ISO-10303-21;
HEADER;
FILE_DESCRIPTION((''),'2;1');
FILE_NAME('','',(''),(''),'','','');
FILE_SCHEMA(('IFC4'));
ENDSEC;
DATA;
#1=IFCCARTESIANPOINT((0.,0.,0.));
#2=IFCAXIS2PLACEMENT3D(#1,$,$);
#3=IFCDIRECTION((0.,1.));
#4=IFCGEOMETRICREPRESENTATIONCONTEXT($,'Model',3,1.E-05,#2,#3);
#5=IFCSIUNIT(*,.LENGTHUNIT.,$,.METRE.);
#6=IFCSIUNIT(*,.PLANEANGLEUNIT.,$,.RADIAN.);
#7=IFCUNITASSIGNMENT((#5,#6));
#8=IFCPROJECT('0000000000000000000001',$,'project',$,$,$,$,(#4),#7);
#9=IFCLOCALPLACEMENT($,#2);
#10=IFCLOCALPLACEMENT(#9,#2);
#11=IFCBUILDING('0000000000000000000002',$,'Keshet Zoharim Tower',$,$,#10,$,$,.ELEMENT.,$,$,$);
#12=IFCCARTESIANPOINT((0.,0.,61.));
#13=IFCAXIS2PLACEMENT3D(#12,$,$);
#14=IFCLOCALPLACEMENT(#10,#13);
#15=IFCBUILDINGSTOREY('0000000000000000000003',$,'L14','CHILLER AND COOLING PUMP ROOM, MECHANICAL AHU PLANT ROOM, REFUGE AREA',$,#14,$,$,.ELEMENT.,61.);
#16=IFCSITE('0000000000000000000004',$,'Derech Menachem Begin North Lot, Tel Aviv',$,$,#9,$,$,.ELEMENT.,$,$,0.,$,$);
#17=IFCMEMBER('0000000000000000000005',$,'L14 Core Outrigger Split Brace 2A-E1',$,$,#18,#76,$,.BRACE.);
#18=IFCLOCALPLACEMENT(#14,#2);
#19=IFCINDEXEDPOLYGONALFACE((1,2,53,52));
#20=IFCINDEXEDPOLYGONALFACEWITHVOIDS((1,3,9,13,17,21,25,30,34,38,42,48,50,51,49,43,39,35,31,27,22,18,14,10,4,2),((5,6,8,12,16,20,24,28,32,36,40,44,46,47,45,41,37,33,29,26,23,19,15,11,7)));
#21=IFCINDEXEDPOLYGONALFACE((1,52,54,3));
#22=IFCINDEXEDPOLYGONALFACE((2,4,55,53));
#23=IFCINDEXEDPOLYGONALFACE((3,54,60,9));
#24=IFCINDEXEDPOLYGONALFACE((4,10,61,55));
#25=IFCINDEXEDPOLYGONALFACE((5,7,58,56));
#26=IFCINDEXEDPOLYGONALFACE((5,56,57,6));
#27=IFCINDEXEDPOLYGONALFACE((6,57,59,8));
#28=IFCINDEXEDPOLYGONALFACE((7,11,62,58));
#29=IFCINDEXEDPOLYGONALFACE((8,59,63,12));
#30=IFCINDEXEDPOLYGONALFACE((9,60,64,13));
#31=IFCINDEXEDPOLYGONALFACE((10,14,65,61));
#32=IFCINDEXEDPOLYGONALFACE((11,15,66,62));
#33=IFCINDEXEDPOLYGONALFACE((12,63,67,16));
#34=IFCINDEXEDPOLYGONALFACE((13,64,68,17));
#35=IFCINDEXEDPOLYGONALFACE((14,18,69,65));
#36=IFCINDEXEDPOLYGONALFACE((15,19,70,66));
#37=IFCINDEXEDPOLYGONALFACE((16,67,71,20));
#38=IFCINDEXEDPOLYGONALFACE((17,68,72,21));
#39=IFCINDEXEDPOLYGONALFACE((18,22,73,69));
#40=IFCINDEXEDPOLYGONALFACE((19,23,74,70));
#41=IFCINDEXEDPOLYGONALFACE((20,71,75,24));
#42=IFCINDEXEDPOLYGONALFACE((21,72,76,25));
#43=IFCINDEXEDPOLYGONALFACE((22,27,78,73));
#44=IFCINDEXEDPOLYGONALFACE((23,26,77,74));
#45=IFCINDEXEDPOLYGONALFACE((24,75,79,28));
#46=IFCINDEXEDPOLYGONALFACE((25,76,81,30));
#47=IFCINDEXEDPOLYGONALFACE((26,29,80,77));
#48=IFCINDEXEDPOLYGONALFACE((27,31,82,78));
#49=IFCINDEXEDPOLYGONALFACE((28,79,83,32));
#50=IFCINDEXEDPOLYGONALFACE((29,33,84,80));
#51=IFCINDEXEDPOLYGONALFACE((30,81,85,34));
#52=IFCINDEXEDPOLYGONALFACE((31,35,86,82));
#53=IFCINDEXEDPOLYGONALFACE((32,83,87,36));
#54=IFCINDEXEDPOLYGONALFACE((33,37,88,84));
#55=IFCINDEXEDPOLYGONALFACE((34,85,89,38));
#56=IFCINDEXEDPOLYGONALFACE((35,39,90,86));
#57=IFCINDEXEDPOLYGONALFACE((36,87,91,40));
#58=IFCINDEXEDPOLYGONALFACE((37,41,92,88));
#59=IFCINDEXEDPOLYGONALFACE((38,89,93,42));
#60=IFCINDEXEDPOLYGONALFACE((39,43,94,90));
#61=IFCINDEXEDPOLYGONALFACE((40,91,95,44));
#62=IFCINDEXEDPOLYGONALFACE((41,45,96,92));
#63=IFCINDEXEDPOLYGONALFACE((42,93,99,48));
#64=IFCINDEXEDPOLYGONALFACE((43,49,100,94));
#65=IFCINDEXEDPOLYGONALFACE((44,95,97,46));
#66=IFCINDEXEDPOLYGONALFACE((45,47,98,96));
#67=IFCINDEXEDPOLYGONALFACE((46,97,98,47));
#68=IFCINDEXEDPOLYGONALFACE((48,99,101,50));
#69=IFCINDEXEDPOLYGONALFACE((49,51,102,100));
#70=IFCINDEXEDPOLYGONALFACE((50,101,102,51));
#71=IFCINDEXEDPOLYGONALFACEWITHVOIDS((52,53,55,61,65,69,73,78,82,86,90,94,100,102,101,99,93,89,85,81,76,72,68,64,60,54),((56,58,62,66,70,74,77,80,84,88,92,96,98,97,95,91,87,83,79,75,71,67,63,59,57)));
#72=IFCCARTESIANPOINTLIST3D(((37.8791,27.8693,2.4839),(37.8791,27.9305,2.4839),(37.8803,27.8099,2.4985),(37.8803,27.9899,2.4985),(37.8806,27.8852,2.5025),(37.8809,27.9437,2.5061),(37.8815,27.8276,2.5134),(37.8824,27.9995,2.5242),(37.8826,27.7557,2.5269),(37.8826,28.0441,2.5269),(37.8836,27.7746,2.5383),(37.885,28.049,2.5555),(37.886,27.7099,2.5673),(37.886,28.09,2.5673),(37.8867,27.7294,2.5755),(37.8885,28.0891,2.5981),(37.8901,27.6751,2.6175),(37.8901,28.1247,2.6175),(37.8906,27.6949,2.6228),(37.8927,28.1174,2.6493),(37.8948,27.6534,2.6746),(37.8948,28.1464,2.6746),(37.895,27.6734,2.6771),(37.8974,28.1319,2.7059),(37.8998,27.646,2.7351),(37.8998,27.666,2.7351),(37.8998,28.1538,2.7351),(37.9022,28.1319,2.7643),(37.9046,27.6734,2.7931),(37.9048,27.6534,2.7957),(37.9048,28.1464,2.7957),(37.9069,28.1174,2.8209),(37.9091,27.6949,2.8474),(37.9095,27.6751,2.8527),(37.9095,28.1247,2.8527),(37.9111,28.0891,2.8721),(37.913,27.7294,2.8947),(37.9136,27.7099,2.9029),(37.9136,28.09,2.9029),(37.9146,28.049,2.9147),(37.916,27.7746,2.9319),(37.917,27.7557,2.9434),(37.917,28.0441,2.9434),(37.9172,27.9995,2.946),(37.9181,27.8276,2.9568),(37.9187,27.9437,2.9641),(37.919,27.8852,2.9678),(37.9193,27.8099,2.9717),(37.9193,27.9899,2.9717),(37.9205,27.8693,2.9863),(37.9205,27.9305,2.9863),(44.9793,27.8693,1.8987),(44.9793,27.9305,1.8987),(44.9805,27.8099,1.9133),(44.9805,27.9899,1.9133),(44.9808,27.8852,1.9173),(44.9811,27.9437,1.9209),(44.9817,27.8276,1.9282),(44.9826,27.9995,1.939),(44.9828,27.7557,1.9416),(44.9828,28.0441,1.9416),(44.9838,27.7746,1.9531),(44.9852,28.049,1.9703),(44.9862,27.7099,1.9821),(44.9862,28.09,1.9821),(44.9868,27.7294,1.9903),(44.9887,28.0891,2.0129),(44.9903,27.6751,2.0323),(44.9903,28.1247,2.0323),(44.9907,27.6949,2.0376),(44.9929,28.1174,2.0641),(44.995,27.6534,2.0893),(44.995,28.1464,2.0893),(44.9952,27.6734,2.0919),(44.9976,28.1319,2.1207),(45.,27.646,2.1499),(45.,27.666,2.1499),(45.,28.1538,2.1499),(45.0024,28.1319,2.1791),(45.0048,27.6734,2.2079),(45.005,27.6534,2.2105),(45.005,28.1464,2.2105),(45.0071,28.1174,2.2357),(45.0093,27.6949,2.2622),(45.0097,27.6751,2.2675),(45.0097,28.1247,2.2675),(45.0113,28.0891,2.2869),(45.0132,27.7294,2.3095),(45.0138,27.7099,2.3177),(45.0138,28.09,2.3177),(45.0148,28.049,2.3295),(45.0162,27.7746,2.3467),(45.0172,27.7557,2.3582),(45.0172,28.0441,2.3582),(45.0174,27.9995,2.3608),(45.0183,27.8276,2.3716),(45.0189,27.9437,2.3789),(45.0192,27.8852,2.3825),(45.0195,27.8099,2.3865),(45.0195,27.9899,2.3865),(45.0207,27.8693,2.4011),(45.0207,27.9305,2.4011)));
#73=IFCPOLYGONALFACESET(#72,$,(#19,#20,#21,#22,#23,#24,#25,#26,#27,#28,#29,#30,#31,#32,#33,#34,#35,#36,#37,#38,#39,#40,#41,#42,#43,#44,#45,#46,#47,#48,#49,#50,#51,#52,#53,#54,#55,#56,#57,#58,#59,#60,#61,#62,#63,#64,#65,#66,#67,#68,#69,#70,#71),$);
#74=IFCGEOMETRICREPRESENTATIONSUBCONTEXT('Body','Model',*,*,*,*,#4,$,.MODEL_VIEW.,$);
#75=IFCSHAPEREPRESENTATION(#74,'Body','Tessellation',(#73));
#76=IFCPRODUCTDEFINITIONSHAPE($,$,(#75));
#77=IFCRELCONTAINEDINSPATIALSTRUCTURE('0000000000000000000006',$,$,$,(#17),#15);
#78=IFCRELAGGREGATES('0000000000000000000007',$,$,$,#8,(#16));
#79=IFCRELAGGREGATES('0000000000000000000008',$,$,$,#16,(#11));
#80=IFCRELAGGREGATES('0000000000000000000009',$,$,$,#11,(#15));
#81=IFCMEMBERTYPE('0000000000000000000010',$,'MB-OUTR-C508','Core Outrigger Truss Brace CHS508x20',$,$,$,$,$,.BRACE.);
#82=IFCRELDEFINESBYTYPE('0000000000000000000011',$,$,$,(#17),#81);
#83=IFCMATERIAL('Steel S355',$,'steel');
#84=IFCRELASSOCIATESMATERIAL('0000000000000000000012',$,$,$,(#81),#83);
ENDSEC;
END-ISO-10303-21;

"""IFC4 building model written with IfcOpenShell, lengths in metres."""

from ifc_helpers import new_model, si_unit, direction, frame, origin, origin_2d, place, context, subcontext, project, spatial, hollow_circle, extrude, material, material_profile, profile_set, type_object, element, save


model = new_model("IFC4")

# Units and contexts
model_context = context("Model", 3, precision=1e-05, world=origin(), true_north=direction((0.0, 1.0)))
body_context = subcontext(model_context, "Body", "Model", "MODEL_VIEW")
ifc_project = project(units=[si_unit("LENGTHUNIT", "METRE"), si_unit("PLANEANGLEUNIT", "RADIAN")], contexts=[model_context])

# Site, building, storey
site_placement = place(None, origin())
site = spatial("IfcSite", under=ifc_project, at=site_placement, Name="Derech Menachem Begin North Lot, Tel Aviv", CompositionType="ELEMENT", RefElevation=0.0)
building_placement = place(site_placement, origin())
building = spatial("IfcBuilding", under=site, at=building_placement, Name="Keshet Zoharim Tower", CompositionType="ELEMENT")
storey_placement = place(building_placement, frame((0.0, 0.0, 61.0)))
storey = spatial("IfcBuildingStorey", under=building, at=storey_placement, Name="L14", Description="CHILLER AND COOLING PUMP ROOM, MECHANICAL AHU PLANT ROOM, REFUGE AREA", CompositionType="ELEMENT", Elevation=61.0)

# Shared definitions
ifc_material_1 = material(Name="Steel S355", Category="steel")

# Member
ifc_material_profile_1 = material_profile(ifc_material_1, hollow_circle(Radius=0.2539, WallThickness=0.02, at=origin_2d()), Name="CHS508x20")
ifc_profile_set_1 = profile_set([ifc_material_profile_1], Name="Steel S355")
member_type = type_object("IfcMemberType", Name="MB-OUTR-C508", Description="Core Outrigger Truss Brace CHS508x20", PredefinedType="BRACE", material=ifc_profile_set_1)
member_placement = place(storey_placement, frame((45.0, 27.8999, 2.1499), z_axis=(-0.996621, 0.0, 0.082144), x_axis=(0.0, -1.0, 0.0)))
element("IfcMember", 1, at=member_placement, inside=storey, type_object=member_type, Name="L14 Core Outrigger Split Brace 2A-E1", PredefinedType="BRACE", context=body_context, shape_type="SweptSolid", body=[
    extrude(hollow_circle(Radius=0.2539, WallThickness=0.02, at=origin_2d()), origin(), (0.0, 0.0, 1.0), 7.1243),
])

save(model, "model.ifc")
